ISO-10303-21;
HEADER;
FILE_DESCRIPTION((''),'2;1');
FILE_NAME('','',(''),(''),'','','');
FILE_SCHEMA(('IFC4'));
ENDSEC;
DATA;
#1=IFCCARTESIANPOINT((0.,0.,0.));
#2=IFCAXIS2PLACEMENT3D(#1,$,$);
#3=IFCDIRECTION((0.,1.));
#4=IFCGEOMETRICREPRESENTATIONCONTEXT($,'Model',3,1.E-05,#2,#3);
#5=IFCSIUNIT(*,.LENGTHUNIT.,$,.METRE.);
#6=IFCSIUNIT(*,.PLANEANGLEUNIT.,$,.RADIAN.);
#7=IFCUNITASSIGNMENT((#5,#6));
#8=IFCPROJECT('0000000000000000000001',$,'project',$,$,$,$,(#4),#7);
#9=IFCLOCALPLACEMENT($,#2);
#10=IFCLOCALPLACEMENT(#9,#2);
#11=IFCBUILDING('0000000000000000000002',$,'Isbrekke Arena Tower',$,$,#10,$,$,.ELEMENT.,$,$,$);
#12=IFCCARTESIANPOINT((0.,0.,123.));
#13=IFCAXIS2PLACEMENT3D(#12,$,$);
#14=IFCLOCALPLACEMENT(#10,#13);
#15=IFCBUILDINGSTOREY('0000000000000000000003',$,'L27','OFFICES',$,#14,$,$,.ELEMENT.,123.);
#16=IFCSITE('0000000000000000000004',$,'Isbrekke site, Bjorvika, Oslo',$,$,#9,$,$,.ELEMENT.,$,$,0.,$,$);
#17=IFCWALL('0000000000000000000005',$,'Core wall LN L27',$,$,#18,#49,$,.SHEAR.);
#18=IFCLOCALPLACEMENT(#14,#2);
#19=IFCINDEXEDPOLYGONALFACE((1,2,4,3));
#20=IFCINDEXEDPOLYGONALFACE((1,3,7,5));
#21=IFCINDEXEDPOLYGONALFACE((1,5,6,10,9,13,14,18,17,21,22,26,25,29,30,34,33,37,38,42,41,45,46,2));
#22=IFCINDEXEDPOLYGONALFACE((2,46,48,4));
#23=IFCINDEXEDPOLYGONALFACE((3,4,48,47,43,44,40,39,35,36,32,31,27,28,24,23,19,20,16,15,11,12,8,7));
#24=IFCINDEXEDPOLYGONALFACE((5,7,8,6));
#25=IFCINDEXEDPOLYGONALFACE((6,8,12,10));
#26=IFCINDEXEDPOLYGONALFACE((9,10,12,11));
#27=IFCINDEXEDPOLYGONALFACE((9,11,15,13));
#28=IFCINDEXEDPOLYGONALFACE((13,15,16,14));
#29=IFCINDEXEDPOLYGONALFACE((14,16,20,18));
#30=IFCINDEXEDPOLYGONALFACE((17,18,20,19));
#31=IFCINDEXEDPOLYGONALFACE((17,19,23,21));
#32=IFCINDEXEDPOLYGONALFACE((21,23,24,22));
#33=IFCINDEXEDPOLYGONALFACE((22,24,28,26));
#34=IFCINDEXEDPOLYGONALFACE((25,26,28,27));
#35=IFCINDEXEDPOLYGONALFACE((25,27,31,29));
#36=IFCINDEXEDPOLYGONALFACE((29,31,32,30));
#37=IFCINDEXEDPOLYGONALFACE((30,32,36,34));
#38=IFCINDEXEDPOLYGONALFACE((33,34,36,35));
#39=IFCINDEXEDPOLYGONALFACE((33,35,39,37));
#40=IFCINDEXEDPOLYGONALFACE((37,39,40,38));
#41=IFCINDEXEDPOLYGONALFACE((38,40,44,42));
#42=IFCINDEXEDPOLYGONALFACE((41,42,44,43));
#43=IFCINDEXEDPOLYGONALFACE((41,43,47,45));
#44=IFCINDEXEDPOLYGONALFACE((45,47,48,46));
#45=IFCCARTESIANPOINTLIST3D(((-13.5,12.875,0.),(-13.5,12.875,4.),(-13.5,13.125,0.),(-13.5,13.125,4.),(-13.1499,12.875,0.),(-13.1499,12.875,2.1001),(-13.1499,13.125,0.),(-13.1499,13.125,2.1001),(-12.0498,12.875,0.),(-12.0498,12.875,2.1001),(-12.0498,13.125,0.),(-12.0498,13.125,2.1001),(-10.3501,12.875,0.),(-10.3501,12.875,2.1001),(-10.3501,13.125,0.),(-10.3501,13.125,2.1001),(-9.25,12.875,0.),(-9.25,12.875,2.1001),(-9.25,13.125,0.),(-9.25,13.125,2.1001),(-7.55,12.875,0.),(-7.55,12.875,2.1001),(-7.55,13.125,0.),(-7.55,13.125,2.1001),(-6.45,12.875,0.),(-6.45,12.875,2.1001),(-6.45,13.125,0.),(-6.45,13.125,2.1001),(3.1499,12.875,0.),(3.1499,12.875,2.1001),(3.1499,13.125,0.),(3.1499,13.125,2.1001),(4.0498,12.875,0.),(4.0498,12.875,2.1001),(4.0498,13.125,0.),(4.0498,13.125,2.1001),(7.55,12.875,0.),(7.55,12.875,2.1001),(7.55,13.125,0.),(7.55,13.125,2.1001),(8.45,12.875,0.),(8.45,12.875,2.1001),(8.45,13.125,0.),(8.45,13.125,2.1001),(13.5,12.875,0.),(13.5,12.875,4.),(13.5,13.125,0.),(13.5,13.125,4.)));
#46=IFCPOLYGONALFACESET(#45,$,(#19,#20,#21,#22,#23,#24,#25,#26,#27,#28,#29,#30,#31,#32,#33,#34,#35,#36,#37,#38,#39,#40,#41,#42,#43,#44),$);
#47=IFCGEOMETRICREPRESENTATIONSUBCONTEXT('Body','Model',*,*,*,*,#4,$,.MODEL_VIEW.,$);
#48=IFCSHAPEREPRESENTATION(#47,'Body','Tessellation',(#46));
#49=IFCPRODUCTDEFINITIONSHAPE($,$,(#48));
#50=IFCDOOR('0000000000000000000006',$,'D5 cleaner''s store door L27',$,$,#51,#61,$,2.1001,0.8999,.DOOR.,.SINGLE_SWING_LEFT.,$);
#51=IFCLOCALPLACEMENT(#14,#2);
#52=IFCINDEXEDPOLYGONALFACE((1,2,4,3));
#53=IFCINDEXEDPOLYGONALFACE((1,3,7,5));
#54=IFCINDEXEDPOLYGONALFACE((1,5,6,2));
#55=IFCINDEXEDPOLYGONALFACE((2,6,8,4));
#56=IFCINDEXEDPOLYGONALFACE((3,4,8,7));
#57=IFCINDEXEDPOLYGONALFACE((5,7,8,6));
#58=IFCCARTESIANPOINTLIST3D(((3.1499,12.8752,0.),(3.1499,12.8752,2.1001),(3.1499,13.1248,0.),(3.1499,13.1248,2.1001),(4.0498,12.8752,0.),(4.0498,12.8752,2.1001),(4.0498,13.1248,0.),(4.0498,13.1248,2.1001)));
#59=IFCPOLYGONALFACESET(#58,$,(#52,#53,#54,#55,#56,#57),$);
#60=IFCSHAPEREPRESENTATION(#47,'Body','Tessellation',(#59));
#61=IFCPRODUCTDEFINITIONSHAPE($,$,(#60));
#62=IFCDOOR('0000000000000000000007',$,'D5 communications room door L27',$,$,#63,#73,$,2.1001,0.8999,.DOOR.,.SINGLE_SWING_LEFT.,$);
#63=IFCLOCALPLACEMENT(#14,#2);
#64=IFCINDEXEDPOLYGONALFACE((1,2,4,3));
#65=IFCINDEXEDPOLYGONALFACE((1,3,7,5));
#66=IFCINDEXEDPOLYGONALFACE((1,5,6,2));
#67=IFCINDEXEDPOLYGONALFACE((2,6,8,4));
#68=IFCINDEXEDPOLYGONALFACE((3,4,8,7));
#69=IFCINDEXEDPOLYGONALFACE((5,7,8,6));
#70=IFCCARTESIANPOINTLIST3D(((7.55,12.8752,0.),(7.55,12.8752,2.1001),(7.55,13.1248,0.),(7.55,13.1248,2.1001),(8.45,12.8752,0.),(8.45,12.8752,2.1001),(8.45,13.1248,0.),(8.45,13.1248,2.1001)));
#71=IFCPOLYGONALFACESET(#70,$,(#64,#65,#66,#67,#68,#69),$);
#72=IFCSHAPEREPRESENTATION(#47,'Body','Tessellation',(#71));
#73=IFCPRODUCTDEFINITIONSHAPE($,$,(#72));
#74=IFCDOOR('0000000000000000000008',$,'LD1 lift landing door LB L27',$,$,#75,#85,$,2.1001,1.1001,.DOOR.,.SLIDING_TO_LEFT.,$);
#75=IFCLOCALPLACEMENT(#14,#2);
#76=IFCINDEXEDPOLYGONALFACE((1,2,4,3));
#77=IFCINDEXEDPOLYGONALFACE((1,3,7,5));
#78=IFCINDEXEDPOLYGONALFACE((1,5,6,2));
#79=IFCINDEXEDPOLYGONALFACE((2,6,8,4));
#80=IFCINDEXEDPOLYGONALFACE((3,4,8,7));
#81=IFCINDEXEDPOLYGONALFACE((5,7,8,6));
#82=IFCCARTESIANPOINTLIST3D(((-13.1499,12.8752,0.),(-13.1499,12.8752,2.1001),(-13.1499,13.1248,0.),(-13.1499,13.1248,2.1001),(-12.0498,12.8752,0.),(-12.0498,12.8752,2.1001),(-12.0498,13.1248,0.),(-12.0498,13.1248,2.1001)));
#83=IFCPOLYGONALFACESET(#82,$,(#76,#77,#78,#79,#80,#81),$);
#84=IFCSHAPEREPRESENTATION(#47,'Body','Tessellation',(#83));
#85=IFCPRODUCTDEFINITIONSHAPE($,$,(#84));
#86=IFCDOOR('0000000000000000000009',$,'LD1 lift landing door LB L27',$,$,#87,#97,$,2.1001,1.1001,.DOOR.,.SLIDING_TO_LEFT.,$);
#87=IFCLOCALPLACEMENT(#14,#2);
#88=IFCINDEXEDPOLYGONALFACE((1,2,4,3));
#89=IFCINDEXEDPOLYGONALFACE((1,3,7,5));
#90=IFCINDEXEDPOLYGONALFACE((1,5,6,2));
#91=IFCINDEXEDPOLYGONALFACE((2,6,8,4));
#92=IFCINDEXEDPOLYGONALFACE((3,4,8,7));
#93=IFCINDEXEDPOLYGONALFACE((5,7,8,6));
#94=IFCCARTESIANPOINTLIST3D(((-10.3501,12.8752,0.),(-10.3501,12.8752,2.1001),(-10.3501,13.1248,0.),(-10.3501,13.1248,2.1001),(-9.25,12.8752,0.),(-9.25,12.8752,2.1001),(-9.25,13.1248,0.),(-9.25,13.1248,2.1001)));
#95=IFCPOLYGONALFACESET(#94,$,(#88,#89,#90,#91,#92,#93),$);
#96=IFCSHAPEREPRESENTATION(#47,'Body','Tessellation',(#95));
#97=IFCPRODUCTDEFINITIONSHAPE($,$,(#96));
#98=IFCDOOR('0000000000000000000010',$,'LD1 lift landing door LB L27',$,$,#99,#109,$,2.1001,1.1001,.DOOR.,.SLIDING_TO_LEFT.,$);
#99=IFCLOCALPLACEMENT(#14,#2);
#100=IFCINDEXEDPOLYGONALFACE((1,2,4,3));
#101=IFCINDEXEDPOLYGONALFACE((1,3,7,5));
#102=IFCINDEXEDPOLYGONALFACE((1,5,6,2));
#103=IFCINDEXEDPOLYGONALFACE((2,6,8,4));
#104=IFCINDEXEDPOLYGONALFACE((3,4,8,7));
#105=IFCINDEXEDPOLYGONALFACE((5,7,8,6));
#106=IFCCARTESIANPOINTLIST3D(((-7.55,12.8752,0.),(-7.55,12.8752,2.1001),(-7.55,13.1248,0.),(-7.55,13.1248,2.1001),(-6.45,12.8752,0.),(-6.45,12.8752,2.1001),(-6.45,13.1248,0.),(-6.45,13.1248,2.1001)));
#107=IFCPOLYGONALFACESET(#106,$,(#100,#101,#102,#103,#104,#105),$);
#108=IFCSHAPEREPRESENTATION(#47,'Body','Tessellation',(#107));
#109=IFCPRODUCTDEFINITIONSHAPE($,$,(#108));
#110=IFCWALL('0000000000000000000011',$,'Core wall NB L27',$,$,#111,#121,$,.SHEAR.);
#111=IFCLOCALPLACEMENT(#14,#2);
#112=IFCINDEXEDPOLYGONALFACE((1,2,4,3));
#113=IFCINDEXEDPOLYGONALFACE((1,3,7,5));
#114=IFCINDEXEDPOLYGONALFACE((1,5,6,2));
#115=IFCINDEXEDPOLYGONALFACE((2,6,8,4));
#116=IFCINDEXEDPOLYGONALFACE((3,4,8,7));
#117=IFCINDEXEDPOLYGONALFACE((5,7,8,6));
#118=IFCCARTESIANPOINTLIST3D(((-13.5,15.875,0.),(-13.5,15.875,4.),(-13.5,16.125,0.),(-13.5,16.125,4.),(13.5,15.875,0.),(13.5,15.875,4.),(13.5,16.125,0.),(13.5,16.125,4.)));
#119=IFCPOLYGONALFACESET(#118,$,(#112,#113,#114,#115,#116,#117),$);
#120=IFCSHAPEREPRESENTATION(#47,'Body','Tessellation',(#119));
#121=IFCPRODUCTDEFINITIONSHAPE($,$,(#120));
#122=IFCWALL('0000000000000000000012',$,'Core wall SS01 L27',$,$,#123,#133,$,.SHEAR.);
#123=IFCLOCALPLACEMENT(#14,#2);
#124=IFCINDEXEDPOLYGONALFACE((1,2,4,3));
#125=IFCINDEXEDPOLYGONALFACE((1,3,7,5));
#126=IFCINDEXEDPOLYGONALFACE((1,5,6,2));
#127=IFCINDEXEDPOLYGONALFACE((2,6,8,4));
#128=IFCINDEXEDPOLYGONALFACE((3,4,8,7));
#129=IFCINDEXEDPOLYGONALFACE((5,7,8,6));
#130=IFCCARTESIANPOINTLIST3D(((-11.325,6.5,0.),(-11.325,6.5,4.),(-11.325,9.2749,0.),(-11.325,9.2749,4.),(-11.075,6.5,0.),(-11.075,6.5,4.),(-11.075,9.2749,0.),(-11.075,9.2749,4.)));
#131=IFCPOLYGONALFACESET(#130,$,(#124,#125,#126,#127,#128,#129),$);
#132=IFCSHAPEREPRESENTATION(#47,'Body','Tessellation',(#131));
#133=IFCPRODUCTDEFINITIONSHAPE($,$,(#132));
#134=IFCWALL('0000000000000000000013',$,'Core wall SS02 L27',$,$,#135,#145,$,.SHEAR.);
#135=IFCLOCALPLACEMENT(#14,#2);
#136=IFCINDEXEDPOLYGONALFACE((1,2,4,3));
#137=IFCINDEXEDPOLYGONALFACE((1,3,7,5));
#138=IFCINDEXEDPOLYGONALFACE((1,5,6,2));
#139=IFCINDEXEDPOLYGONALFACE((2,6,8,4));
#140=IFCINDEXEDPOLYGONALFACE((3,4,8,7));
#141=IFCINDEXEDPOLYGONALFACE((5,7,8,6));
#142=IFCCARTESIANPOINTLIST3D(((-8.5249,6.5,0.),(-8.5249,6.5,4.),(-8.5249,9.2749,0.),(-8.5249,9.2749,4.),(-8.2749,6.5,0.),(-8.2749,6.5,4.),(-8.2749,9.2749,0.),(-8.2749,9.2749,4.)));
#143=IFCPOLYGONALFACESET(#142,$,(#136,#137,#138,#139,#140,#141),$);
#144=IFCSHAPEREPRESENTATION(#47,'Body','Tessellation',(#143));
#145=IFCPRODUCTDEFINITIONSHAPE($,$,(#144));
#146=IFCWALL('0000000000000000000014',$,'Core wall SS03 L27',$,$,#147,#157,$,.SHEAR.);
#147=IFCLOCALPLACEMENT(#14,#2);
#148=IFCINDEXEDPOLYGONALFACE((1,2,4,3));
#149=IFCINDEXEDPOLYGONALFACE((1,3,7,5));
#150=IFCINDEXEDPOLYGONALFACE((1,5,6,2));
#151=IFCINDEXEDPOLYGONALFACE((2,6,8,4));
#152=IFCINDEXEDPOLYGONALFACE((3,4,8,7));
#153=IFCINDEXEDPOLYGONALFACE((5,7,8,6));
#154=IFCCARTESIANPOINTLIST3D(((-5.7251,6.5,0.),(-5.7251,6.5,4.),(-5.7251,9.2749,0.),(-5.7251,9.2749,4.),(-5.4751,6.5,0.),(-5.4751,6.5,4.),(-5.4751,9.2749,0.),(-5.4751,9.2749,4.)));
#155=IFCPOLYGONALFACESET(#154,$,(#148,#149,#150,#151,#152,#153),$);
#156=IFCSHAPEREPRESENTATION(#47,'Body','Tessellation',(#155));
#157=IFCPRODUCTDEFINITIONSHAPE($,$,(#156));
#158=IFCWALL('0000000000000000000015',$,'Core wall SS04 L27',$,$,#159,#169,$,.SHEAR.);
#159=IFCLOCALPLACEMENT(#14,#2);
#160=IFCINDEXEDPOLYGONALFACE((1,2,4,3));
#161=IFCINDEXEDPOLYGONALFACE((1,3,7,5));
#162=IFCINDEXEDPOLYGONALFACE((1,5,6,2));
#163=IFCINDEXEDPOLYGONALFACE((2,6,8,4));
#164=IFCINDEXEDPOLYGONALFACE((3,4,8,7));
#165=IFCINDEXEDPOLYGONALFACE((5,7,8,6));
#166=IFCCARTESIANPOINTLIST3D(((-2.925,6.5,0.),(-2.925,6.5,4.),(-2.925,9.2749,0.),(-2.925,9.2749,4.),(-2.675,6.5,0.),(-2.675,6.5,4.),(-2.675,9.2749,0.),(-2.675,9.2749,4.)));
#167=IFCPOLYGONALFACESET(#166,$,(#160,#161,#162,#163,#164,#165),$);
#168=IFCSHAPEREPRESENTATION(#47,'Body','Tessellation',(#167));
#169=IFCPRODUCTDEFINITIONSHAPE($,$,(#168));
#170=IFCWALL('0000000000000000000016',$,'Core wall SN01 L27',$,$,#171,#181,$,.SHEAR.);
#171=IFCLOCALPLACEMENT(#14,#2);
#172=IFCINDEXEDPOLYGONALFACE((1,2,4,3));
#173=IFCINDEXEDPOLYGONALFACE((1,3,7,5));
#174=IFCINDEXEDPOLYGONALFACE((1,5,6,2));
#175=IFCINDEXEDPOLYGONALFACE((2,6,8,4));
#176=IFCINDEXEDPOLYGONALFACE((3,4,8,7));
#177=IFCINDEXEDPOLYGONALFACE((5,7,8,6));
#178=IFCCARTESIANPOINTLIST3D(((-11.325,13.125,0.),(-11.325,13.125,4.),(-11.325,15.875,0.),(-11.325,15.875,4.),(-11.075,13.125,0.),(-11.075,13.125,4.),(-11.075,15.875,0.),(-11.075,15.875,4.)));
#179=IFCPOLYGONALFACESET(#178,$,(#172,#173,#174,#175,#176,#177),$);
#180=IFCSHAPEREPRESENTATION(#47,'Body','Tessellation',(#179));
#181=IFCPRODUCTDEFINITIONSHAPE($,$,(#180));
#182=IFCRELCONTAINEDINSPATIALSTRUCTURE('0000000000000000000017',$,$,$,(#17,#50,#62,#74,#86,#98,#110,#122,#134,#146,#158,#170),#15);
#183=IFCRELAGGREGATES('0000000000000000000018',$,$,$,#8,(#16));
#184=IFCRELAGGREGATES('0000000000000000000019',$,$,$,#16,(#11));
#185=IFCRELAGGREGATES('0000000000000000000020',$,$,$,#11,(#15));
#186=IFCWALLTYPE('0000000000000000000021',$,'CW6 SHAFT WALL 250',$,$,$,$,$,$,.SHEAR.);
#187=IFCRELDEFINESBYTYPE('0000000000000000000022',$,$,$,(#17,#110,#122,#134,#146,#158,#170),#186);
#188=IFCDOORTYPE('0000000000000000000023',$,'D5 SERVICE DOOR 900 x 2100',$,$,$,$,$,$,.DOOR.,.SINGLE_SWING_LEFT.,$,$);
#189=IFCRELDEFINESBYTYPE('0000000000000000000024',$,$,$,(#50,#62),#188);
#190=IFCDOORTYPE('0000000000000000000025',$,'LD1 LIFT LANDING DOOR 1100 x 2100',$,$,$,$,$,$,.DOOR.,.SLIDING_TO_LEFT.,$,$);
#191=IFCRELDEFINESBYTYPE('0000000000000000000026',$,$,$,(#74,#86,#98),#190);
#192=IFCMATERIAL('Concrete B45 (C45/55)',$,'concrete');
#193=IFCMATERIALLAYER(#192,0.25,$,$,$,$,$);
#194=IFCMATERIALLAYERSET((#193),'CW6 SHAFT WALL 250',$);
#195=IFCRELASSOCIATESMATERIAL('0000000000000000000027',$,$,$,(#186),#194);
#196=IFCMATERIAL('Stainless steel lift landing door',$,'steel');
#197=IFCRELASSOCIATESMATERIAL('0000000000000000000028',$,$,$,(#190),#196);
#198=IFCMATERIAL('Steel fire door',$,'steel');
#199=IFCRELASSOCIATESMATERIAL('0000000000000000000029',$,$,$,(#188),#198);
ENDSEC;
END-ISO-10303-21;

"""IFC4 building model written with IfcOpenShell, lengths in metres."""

from ifc_helpers import new_model, si_unit, direction, frame, frame_2d, origin, place, context, subcontext, project, spatial, rectangle, extrude, material, layer, layer_set, type_object, element, fill, save


model = new_model("IFC4")

# Units and contexts
model_context = context("Model", 3, precision=1e-05, world=origin(), true_north=direction((0.0, 1.0)))
body_context = subcontext(model_context, "Body", "Model", "MODEL_VIEW")
ifc_project = project(units=[si_unit("LENGTHUNIT", "METRE"), si_unit("PLANEANGLEUNIT", "RADIAN")], contexts=[model_context])

# Site, building, storey
site_placement = place(None, origin())
site = spatial("IfcSite", under=ifc_project, at=site_placement, Name="Isbrekke site, Bjorvika, Oslo", CompositionType="ELEMENT", RefElevation=0.0)
building_placement = place(site_placement, origin())
building = spatial("IfcBuilding", under=site, at=building_placement, Name="Isbrekke Arena Tower", CompositionType="ELEMENT")
storey_placement = place(building_placement, frame((0.0, 0.0, 123.0)))
storey = spatial("IfcBuildingStorey", under=building, at=storey_placement, Name="L27", Description="OFFICES", CompositionType="ELEMENT", Elevation=123.0)

# Wall, openings, doors
ifc_material_1 = material(Name="Concrete B45 (C45/55)", Category="concrete")
ifc_layer_1 = layer(ifc_material_1, 0.25)
ifc_layer_set_1 = layer_set([ifc_layer_1], Name="CW6 SHAFT WALL 250")
wall_type_1 = type_object("IfcWallType", Name="CW6 SHAFT WALL 250", PredefinedType="SHEAR", material=ifc_layer_set_1)
ifc_material_2 = material(Name="Stainless steel lift landing door", Category="steel")
door_type_1 = type_object("IfcDoorType", Name="LD1 LIFT LANDING DOOR 1100 x 2100", OperationType="SLIDING_TO_LEFT", PredefinedType="DOOR", material=ifc_material_2)
wall_1_placement = place(storey_placement, frame((-13.5, 13.0, 0.0), z_axis=(0.0, 0.0, 1.0), x_axis=(1.0, 0.0, 0.0)))
wall_1 = element("IfcWall", 1, at=wall_1_placement, inside=storey, type_object=wall_type_1, Name="Core wall LN L27", PredefinedType="SHEAR", context=body_context, shape_type="SweptSolid", body=[
    extrude(rectangle(XDim=27.0, YDim=0.25, at=frame_2d((13.5, 0.0))), origin(), (0.0, 0.0, 1.0), 4.0),
])
opening_1_placement = place(wall_1_placement, frame((0.3501, 0.0, 0.0)))
opening_1 = element("IfcOpeningElement", 2, at=opening_1_placement, cuts=wall_1, PredefinedType="OPENING", context=body_context, shape_type="SweptSolid", body=[
    extrude(rectangle(XDim=1.1001, YDim=2.1001, at=frame_2d((0.55, 1.05))), frame((0.0, 0.1399, 0.0), z_axis=(0.0, -1.0, 0.0), x_axis=(1.0, 0.0, 0.0)), (0.0, 0.0, 1.0), 0.2798),
])
opening_2_placement = place(wall_1_placement, frame((3.1499, 0.0, 0.0)))
opening_2 = element("IfcOpeningElement", 3, at=opening_2_placement, cuts=wall_1, PredefinedType="OPENING", context=body_context, shape_type="SweptSolid", body=[
    extrude(rectangle(XDim=1.1001, YDim=2.1001, at=frame_2d((0.55, 1.05))), frame((0.0, 0.1399, 0.0), z_axis=(0.0, -1.0, 0.0), x_axis=(1.0, 0.0, 0.0)), (0.0, 0.0, 1.0), 0.2798),
])
opening_3_placement = place(wall_1_placement, frame((5.95, 0.0, 0.0)))
opening_3 = element("IfcOpeningElement", 4, at=opening_3_placement, cuts=wall_1, PredefinedType="OPENING", context=body_context, shape_type="SweptSolid", body=[
    extrude(rectangle(XDim=1.1001, YDim=2.1001, at=frame_2d((0.55, 1.05))), frame((0.0, 0.1399, 0.0), z_axis=(0.0, -1.0, 0.0), x_axis=(1.0, 0.0, 0.0)), (0.0, 0.0, 1.0), 0.2798),
])
opening_4_placement = place(wall_1_placement, frame((16.6499, 0.0, 0.0)))
opening_4 = element("IfcOpeningElement", 5, at=opening_4_placement, cuts=wall_1, PredefinedType="OPENING", context=body_context, shape_type="SweptSolid", body=[
    extrude(rectangle(XDim=0.8999, YDim=2.1001, at=frame_2d((0.45, 1.05))), frame((0.0, 0.1399, 0.0), z_axis=(0.0, -1.0, 0.0), x_axis=(1.0, 0.0, 0.0)), (0.0, 0.0, 1.0), 0.2798),
])
opening_5_placement = place(wall_1_placement, frame((21.05, 0.0, 0.0)))
opening_5 = element("IfcOpeningElement", 6, at=opening_5_placement, cuts=wall_1, PredefinedType="OPENING", context=body_context, shape_type="SweptSolid", body=[
    extrude(rectangle(XDim=0.8999, YDim=2.1001, at=frame_2d((0.45, 1.05))), frame((0.0, 0.1399, 0.0), z_axis=(0.0, -1.0, 0.0), x_axis=(1.0, 0.0, 0.0)), (0.0, 0.0, 1.0), 0.2798),
])
ifc_material_3 = material(Name="Steel fire door", Category="steel")
door_type_2 = type_object("IfcDoorType", Name="D5 SERVICE DOOR 900 x 2100", OperationType="SINGLE_SWING_LEFT", PredefinedType="DOOR", material=ifc_material_3)
door_1_placement = place(opening_4_placement, origin())
door_1 = element("IfcDoor", 7, at=door_1_placement, inside=storey, type_object=door_type_2, Name="D5 cleaner's store door L27", OperationType="SINGLE_SWING_LEFT", OverallHeight=2.1001, OverallWidth=0.8999, PredefinedType="DOOR", context=body_context, shape_type="SweptSolid", body=[
    extrude(rectangle(XDim=0.8999, YDim=2.1001, at=frame_2d((0.45, 1.05))), frame((0.0, 0.1248, 0.0), z_axis=(0.0, -1.0, 0.0), x_axis=(1.0, 0.0, 0.0)), (0.0, 0.0, 1.0), 0.2495),
])
fill(opening_4, door_1)
door_2_placement = place(opening_5_placement, origin())
door_2 = element("IfcDoor", 8, at=door_2_placement, inside=storey, type_object=door_type_2, Name="D5 communications room door L27", OperationType="SINGLE_SWING_LEFT", OverallHeight=2.1001, OverallWidth=0.8999, PredefinedType="DOOR", context=body_context, shape_type="SweptSolid", body=[
    extrude(rectangle(XDim=0.8999, YDim=2.1001, at=frame_2d((0.45, 1.05))), frame((0.0, 0.1248, 0.0), z_axis=(0.0, -1.0, 0.0), x_axis=(1.0, 0.0, 0.0)), (0.0, 0.0, 1.0), 0.2495),
])
fill(opening_5, door_2)
door_3_placement = place(opening_1_placement, origin())
door_3 = element("IfcDoor", 9, at=door_3_placement, inside=storey, type_object=door_type_1, Name="LD1 lift landing door LB L27", OperationType="SLIDING_TO_LEFT", OverallHeight=2.1001, OverallWidth=1.1001, PredefinedType="DOOR", context=body_context, shape_type="SweptSolid", body=[
    extrude(rectangle(XDim=1.1001, YDim=2.1001, at=frame_2d((0.55, 1.05))), frame((0.0, 0.1248, 0.0), z_axis=(0.0, -1.0, 0.0), x_axis=(1.0, 0.0, 0.0)), (0.0, 0.0, 1.0), 0.2495),
])
fill(opening_1, door_3)
door_4_placement = place(opening_2_placement, origin())
door_4 = element("IfcDoor", 10, at=door_4_placement, inside=storey, type_object=door_type_1, Name="LD1 lift landing door LB L27", OperationType="SLIDING_TO_LEFT", OverallHeight=2.1001, OverallWidth=1.1001, PredefinedType="DOOR", context=body_context, shape_type="SweptSolid", body=[
    extrude(rectangle(XDim=1.1001, YDim=2.1001, at=frame_2d((0.55, 1.05))), frame((0.0, 0.1248, 0.0), z_axis=(0.0, -1.0, 0.0), x_axis=(1.0, 0.0, 0.0)), (0.0, 0.0, 1.0), 0.2495),
])
fill(opening_2, door_4)
door_5_placement = place(opening_3_placement, origin())
door_5 = element("IfcDoor", 11, at=door_5_placement, inside=storey, type_object=door_type_1, Name="LD1 lift landing door LB L27", OperationType="SLIDING_TO_LEFT", OverallHeight=2.1001, OverallWidth=1.1001, PredefinedType="DOOR", context=body_context, shape_type="SweptSolid", body=[
    extrude(rectangle(XDim=1.1001, YDim=2.1001, at=frame_2d((0.55, 1.05))), frame((0.0, 0.1248, 0.0), z_axis=(0.0, -1.0, 0.0), x_axis=(1.0, 0.0, 0.0)), (0.0, 0.0, 1.0), 0.2495),
])
fill(opening_3, door_5)

# Walls
wall_2_placement = place(storey_placement, frame((-13.5, 16.0, 0.0), z_axis=(0.0, 0.0, 1.0), x_axis=(1.0, 0.0, 0.0)))
element("IfcWall", 12, at=wall_2_placement, inside=storey, type_object=wall_type_1, Name="Core wall NB L27", PredefinedType="SHEAR", context=body_context, shape_type="SweptSolid", body=[
    extrude(rectangle(XDim=27.0, YDim=0.25, at=frame_2d((13.5, 0.0))), origin(), (0.0, 0.0, 1.0), 4.0),
])
for number, where, z_axis, x_axis, name in (
    (13, (-11.2, 6.5, 0.0), (0.0, 0.0, 1.0), (0.0, 1.0, 0.0), "Core wall SS01 L27"),
    (14, (-8.3999, 6.5, 0.0), (0.0, 0.0, 1.0), (0.0, 1.0, 0.0), "Core wall SS02 L27"),
    (15, (-5.6001, 6.5, 0.0), (0.0, 0.0, 1.0), (0.0, 1.0, 0.0), "Core wall SS03 L27"),
    (16, (-2.8, 6.5, 0.0), (0.0, 0.0, 1.0), (0.0, 1.0, 0.0), "Core wall SS04 L27"),
):
    element("IfcWall", number, at=place(storey_placement, frame(where, z_axis=z_axis, x_axis=x_axis)), inside=storey, type_object=wall_type_1, Name=name, PredefinedType="SHEAR", context=body_context, shape_type="SweptSolid", body=[
        extrude(rectangle(XDim=2.7749, YDim=0.25, at=frame_2d((1.3875, 0.0))), origin(), (0.0, 0.0, 1.0), 4.0),
    ])
for number, where, z_axis, x_axis, name in (
    (17, (-11.2, 13.125, 0.0), (0.0, 0.0, 1.0), (0.0, 1.0, 0.0), "Core wall SN01 L27"),
):
    element("IfcWall", number, at=place(storey_placement, frame(where, z_axis=z_axis, x_axis=x_axis)), inside=storey, type_object=wall_type_1, Name=name, PredefinedType="SHEAR", context=body_context, shape_type="SweptSolid", body=[
        extrude(rectangle(XDim=2.75, YDim=0.25, at=frame_2d((1.375, 0.0))), origin(), (0.0, 0.0, 1.0), 4.0),
    ])

save(model, "model.ifc")
